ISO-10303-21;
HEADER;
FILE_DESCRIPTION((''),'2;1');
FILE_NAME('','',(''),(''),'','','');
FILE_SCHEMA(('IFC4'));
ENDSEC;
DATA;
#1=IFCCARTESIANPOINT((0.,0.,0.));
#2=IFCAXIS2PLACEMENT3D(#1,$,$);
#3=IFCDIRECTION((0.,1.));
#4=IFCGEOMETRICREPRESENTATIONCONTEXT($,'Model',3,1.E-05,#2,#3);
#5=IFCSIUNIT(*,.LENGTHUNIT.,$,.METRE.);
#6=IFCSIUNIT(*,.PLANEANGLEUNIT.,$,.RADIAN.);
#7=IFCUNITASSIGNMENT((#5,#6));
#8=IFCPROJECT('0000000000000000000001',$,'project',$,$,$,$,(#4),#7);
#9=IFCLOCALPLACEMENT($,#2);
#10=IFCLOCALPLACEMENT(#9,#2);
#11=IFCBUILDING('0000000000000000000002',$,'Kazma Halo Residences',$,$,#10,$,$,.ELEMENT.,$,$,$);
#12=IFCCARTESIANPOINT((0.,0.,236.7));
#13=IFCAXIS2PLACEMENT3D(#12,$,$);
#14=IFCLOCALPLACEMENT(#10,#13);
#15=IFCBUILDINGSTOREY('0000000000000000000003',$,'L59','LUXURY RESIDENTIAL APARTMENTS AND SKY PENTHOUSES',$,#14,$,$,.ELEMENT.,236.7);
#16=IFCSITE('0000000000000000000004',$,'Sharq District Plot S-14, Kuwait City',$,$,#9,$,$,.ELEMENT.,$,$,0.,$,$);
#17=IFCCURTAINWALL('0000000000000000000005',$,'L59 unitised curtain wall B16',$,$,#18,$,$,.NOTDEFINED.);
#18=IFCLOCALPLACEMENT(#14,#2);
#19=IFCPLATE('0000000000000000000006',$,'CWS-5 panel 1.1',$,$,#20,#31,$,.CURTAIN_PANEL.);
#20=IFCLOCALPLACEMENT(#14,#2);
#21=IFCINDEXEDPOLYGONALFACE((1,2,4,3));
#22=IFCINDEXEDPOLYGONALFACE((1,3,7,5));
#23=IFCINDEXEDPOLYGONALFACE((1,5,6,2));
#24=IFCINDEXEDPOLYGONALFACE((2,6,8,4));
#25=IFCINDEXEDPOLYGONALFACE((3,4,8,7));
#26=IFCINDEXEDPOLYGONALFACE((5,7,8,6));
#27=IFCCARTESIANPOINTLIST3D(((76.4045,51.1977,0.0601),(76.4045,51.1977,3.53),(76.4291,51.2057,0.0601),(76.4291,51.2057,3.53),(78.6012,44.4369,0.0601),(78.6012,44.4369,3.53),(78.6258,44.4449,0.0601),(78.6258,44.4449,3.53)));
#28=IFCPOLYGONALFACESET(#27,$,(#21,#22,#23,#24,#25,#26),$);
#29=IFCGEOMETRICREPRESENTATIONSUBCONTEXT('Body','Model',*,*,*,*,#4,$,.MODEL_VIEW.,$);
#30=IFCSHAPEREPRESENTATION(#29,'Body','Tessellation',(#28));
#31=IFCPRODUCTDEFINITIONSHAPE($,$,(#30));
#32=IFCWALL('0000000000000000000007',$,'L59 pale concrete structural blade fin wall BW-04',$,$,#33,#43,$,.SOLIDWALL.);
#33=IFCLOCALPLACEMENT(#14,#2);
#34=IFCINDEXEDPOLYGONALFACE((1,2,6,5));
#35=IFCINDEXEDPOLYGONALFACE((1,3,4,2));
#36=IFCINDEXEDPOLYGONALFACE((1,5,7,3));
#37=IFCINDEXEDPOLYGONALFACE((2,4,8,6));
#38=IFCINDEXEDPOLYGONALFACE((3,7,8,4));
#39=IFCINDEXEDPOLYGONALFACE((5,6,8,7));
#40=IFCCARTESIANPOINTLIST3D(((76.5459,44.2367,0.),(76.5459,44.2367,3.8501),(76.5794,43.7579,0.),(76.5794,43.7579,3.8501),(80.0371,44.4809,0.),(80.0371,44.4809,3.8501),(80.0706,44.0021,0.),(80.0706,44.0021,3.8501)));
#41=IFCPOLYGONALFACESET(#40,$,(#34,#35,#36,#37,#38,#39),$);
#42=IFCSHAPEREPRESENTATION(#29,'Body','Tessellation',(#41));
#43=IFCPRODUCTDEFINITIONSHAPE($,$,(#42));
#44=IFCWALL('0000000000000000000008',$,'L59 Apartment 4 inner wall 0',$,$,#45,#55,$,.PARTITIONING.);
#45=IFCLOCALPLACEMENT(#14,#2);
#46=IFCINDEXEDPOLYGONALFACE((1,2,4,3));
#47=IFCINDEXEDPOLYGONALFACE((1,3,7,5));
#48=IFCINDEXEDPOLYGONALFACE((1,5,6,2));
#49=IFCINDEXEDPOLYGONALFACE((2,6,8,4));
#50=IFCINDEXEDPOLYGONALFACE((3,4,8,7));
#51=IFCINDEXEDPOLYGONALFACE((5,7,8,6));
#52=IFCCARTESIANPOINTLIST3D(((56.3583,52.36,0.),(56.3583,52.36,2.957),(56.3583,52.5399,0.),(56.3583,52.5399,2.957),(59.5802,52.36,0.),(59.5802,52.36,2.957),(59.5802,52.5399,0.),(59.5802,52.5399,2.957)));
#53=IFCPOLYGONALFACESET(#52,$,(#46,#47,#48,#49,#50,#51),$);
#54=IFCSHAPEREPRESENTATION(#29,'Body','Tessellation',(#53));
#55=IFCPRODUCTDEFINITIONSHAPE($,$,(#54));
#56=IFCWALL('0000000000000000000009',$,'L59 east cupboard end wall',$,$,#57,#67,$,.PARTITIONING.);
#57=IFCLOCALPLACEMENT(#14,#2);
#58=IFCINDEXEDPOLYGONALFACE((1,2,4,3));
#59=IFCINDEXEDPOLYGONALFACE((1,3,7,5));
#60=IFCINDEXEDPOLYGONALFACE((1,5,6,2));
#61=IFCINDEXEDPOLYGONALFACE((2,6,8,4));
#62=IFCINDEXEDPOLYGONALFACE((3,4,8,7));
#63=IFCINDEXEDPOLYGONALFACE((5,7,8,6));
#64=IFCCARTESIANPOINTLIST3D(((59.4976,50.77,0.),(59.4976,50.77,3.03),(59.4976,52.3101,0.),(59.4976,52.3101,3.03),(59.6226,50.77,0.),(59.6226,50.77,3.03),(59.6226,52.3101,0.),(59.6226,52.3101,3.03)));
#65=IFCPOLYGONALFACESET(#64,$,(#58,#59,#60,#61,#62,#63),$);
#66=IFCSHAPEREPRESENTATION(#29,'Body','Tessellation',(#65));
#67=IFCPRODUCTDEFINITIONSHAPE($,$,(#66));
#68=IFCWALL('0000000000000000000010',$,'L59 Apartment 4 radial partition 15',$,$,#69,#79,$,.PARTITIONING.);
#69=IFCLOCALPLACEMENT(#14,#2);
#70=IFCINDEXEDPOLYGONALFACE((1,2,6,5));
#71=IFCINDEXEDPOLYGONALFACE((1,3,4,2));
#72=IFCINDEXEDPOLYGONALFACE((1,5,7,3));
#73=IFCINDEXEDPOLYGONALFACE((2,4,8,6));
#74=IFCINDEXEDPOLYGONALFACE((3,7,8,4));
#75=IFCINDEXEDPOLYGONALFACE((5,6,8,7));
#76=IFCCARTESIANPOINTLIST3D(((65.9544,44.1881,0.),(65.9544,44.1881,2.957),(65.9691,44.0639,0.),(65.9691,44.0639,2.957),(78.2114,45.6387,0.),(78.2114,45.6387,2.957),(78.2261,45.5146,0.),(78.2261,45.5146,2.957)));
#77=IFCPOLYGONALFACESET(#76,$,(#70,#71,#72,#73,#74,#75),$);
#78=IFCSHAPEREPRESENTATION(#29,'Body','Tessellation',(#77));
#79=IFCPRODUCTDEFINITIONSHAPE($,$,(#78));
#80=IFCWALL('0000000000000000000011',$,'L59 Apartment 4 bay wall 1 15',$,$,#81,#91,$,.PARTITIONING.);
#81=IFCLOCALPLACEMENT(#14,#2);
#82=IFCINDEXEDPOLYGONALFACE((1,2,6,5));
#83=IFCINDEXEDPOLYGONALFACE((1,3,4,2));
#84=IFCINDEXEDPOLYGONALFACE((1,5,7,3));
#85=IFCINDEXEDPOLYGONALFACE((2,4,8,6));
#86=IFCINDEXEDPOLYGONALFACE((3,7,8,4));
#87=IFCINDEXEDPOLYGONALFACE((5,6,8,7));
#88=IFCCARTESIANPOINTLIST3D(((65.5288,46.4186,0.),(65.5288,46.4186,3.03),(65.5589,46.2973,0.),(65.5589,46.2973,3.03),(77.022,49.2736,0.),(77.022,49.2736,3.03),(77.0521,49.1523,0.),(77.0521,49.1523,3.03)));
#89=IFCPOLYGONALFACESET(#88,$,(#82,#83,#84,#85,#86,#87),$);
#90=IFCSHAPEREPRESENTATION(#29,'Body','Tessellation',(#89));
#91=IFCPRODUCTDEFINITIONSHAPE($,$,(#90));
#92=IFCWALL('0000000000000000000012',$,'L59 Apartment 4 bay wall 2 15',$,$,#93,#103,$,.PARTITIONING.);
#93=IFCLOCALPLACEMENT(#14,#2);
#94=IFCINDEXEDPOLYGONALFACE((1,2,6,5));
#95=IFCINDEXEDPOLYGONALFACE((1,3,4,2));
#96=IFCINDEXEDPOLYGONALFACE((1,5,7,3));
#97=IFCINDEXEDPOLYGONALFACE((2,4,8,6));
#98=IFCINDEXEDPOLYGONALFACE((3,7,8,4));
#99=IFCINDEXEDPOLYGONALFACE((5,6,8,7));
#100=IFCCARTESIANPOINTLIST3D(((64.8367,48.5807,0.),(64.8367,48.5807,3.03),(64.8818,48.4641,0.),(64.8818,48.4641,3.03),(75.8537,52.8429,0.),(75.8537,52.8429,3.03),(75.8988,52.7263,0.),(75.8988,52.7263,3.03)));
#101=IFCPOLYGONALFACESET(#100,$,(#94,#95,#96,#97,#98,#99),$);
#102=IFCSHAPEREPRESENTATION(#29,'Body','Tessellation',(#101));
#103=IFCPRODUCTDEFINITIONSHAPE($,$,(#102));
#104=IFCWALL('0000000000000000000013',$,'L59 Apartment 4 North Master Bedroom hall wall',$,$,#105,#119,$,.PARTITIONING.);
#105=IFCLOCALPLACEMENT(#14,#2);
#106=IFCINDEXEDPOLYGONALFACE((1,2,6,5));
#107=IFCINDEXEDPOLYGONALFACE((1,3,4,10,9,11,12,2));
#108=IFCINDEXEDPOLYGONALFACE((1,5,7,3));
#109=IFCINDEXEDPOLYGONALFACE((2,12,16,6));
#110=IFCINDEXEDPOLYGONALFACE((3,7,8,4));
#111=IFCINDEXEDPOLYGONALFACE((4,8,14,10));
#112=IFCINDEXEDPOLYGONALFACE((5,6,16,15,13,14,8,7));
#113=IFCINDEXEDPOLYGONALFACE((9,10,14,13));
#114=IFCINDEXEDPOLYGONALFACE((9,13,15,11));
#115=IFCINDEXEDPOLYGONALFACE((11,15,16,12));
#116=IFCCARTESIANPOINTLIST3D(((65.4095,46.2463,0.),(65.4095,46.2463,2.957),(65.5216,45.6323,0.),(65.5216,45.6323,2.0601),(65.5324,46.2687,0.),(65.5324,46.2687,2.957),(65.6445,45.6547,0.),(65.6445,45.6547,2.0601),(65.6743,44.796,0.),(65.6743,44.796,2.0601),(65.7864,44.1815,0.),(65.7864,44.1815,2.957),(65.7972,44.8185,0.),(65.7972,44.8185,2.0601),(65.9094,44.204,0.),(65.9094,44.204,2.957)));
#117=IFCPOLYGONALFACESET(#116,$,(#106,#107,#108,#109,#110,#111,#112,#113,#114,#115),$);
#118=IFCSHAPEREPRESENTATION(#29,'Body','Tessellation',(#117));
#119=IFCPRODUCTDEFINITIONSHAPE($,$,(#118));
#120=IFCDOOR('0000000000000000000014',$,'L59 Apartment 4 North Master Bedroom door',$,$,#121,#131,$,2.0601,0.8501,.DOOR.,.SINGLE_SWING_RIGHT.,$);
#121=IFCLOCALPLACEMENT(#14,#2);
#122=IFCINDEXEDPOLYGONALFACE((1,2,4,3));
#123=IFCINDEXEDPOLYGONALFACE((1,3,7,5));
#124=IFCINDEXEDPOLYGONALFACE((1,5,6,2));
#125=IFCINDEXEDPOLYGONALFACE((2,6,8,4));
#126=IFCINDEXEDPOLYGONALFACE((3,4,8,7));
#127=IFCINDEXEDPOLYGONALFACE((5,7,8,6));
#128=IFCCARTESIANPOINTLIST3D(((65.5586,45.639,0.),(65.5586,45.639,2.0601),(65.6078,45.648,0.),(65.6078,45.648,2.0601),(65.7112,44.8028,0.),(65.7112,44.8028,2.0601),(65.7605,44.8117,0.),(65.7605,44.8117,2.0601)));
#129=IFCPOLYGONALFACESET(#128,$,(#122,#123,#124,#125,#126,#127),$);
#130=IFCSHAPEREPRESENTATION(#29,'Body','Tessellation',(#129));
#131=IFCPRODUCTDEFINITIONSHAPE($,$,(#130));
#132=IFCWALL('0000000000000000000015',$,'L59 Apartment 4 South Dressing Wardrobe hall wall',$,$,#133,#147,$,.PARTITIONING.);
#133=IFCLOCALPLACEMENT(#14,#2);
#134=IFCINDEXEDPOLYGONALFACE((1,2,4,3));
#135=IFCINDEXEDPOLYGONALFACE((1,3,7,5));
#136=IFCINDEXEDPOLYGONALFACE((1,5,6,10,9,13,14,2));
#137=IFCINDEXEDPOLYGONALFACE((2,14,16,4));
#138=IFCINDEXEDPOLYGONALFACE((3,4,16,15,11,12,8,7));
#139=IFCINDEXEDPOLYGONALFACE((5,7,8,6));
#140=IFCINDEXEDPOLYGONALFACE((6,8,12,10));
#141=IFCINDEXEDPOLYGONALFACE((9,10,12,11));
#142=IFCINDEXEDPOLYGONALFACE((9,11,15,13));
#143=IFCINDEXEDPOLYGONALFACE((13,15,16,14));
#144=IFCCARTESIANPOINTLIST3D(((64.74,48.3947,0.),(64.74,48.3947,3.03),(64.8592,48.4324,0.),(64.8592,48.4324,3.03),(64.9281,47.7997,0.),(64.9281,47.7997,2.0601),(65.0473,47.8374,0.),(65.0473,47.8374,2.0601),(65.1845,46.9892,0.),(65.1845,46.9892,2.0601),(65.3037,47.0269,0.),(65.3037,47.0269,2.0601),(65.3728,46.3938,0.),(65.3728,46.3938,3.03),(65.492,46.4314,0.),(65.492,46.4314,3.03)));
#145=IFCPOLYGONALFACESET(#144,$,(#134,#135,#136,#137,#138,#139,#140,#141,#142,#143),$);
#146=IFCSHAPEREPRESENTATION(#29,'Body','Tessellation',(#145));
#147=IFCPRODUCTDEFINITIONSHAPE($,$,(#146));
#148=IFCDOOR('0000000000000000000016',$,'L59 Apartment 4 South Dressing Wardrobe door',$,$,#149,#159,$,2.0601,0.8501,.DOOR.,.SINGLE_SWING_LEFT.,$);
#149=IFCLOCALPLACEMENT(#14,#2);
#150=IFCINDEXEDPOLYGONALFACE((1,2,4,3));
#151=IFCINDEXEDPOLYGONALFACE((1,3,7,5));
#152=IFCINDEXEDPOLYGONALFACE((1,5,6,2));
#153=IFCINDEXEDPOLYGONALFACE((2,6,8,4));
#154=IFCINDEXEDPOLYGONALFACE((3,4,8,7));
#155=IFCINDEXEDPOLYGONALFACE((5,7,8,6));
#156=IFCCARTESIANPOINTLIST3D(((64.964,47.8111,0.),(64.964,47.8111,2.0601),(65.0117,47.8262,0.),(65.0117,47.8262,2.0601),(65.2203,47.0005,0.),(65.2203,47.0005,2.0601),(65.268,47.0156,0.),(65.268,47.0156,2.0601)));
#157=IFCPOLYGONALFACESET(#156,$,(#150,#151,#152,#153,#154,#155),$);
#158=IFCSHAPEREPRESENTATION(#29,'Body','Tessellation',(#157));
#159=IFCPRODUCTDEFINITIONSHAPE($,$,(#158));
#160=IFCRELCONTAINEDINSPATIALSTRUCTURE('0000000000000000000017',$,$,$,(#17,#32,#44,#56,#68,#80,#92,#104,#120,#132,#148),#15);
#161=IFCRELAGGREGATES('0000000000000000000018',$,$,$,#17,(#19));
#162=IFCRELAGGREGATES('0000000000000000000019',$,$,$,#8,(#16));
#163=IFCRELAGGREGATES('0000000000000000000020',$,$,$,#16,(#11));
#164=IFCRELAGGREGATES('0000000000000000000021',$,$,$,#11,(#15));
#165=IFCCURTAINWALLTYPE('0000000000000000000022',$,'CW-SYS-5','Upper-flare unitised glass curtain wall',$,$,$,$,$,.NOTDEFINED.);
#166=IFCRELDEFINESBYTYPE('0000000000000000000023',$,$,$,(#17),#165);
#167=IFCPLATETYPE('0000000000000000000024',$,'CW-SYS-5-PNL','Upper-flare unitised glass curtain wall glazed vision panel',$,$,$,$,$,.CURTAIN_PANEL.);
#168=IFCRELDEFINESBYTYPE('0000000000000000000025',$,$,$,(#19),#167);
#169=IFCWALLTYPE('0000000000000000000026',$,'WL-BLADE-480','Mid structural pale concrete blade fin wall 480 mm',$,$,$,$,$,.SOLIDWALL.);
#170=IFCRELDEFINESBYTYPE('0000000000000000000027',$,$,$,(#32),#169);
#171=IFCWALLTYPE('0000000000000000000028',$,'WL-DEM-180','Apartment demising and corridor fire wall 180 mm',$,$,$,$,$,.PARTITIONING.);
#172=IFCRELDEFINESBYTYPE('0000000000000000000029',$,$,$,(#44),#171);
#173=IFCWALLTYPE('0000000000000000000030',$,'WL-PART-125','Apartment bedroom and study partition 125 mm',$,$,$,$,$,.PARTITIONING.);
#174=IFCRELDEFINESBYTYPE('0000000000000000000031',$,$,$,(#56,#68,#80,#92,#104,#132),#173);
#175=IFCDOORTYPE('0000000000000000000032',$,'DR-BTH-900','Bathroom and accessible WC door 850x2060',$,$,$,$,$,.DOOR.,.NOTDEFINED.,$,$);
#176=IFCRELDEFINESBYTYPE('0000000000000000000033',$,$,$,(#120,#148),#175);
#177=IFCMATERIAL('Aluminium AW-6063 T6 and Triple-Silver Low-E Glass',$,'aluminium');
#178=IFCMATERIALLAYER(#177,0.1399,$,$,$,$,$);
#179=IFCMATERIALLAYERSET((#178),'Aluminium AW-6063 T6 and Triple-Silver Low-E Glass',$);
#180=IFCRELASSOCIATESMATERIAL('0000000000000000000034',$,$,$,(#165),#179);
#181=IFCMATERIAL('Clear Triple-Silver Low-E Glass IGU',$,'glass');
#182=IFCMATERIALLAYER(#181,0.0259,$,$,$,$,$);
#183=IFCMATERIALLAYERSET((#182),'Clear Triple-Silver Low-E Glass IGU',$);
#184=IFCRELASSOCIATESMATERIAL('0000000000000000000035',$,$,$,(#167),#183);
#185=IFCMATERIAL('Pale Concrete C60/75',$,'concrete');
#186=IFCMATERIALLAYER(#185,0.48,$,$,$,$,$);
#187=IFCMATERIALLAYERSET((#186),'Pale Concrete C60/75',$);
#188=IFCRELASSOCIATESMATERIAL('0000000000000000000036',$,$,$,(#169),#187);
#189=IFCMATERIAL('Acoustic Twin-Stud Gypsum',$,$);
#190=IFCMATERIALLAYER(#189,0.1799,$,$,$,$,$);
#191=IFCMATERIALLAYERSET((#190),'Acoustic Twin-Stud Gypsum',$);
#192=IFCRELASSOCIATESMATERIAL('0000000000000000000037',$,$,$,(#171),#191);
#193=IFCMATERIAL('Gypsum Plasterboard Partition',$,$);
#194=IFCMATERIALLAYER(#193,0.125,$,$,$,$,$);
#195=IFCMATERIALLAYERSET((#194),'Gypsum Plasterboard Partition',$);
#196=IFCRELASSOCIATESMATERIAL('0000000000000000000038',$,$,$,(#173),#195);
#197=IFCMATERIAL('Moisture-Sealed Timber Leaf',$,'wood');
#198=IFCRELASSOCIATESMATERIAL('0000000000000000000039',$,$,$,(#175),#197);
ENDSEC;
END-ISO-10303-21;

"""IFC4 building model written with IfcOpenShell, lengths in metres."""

from ifc_helpers import new_model, si_unit, direction, frame, frame_2d, origin, origin_2d, place, context, subcontext, project, spatial, rectangle, extrude, material, layer, layer_set, type_object, element, fill, aggregate, save


model = new_model("IFC4")

# Units and contexts
model_context = context("Model", 3, precision=1e-05, world=origin(), true_north=direction((0.0, 1.0)))
body_context = subcontext(model_context, "Body", "Model", "MODEL_VIEW")
ifc_project = project(units=[si_unit("LENGTHUNIT", "METRE"), si_unit("PLANEANGLEUNIT", "RADIAN")], contexts=[model_context])

# Site, building, storey
site_placement = place(None, origin())
site = spatial("IfcSite", under=ifc_project, at=site_placement, Name="Sharq District Plot S-14, Kuwait City", CompositionType="ELEMENT", RefElevation=0.0)
building_placement = place(site_placement, origin())
building = spatial("IfcBuilding", under=site, at=building_placement, Name="Kazma Halo Residences", CompositionType="ELEMENT")
storey_placement = place(building_placement, frame((0.0, 0.0, 236.7)))
storey = spatial("IfcBuildingStorey", under=building, at=storey_placement, Name="L59", Description="LUXURY RESIDENTIAL APARTMENTS AND SKY PENTHOUSES", CompositionType="ELEMENT", Elevation=236.7)

# Shared definitions
ifc_material_1 = material(Name="Aluminium AW-6063 T6 and Triple-Silver Low-E Glass", Category="aluminium")
ifc_layer_1 = layer(ifc_material_1, 0.1399)
ifc_layer_set_1 = layer_set([ifc_layer_1], Name="Aluminium AW-6063 T6 and Triple-Silver Low-E Glass")
curtain_wall_type = type_object("IfcCurtainWallType", Name="CW-SYS-5", Description="Upper-flare unitised glass curtain wall", PredefinedType="NOTDEFINED", material=ifc_layer_set_1)

# Curtain wall, plate
curtain_wall_1_placement = place(storey_placement, origin())
curtain_wall_1 = element("IfcCurtainWall", 1, at=curtain_wall_1_placement, inside=storey, type_object=curtain_wall_type, Name="L59 unitised curtain wall B16", PredefinedType="NOTDEFINED")
ifc_material_2 = material(Name="Clear Triple-Silver Low-E Glass IGU", Category="glass")
ifc_layer_2 = layer(ifc_material_2, 0.0259)
ifc_layer_set_2 = layer_set([ifc_layer_2], Name="Clear Triple-Silver Low-E Glass IGU")
plate_type = type_object("IfcPlateType", Name="CW-SYS-5-PNL", Description="Upper-flare unitised glass curtain wall glazed vision panel", PredefinedType="CURTAIN_PANEL", material=ifc_layer_set_2)
plate_placement = place(storey_placement, frame((77.5151, 47.8213, 0.0601), z_axis=(0.0, 0.0, 1.0), x_axis=(-0.309011, 0.951058, 0.0)))
plate = element("IfcPlate", 2, at=plate_placement, type_object=plate_type, Name="CWS-5 panel 1.1", PredefinedType="CURTAIN_PANEL", context=body_context, shape_type="SweptSolid", body=[
    extrude(rectangle(XDim=7.1086, YDim=0.0259, at=origin_2d()), origin(), (0.0, 0.0, 1.0), 3.47),
])
aggregate(curtain_wall_1, [plate])

# Walls
ifc_material_3 = material(Name="Pale Concrete C60/75", Category="concrete")
ifc_layer_3 = layer(ifc_material_3, 0.48)
ifc_layer_set_3 = layer_set([ifc_layer_3], Name="Pale Concrete C60/75")
wall_type_1 = type_object("IfcWallType", Name="WL-BLADE-480", Description="Mid structural pale concrete blade fin wall 480 mm", PredefinedType="SOLIDWALL", material=ifc_layer_set_3)
wall_1_placement = place(storey_placement, frame((76.5625, 43.9973, 0.0), z_axis=(0.0, 0.0, 1.0), x_axis=(0.997564, 0.06976, 0.0)))
element("IfcWall", 3, at=wall_1_placement, inside=storey, type_object=wall_type_1, Name="L59 pale concrete structural blade fin wall BW-04", PredefinedType="SOLIDWALL", context=body_context, shape_type="SweptSolid", body=[
    extrude(rectangle(XDim=3.4998, YDim=0.48, at=frame_2d((1.75, 0.0))), origin(), (0.0, 0.0, 1.0), 3.8501),
])
ifc_material_4 = material(Name="Acoustic Twin-Stud Gypsum")
ifc_layer_4 = layer(ifc_material_4, 0.1799)
ifc_layer_set_4 = layer_set([ifc_layer_4], Name="Acoustic Twin-Stud Gypsum")
wall_type_2 = type_object("IfcWallType", Name="WL-DEM-180", Description="Apartment demising and corridor fire wall 180 mm", PredefinedType="PARTITIONING", material=ifc_layer_set_4)
wall_2_placement = place(storey_placement, frame((59.5801, 52.45, 0.0), z_axis=(0.0, 0.0, 1.0), x_axis=(-1.0, 0.0, 0.0)))
element("IfcWall", 4, at=wall_2_placement, inside=storey, type_object=wall_type_2, Name="L59 Apartment 4 inner wall 0", PredefinedType="PARTITIONING", context=body_context, shape_type="SweptSolid", body=[
    extrude(rectangle(XDim=3.2219, YDim=0.1799, at=frame_2d((1.6108, 0.0))), origin(), (0.0, 0.0, 1.0), 2.957),
])
ifc_material_5 = material(Name="Gypsum Plasterboard Partition")
ifc_layer_5 = layer(ifc_material_5, 0.125)
ifc_layer_set_5 = layer_set([ifc_layer_5], Name="Gypsum Plasterboard Partition")
wall_type_3 = type_object("IfcWallType", Name="WL-PART-125", Description="Apartment bedroom and study partition 125 mm", PredefinedType="PARTITIONING", material=ifc_layer_set_5)
wall_3_placement = place(storey_placement, frame((59.5601, 50.77, 0.0), z_axis=(0.0, 0.0, 1.0), x_axis=(0.0, 1.0, 0.0)))
element("IfcWall", 5, at=wall_3_placement, inside=storey, type_object=wall_type_3, Name="L59 east cupboard end wall", PredefinedType="PARTITIONING", context=body_context, shape_type="SweptSolid", body=[
    extrude(rectangle(XDim=1.54, YDim=0.125, at=frame_2d((0.77, 0.0))), origin(), (0.0, 0.0, 1.0), 3.03),
])
wall_4_placement = place(storey_placement, frame((65.9617, 44.126, 0.0), z_axis=(0.0, 0.0, 1.0), x_axis=(0.993069, 0.117534, 0.0)))
element("IfcWall", 6, at=wall_4_placement, inside=storey, type_object=wall_type_3, Name="L59 Apartment 4 radial partition 15", PredefinedType="PARTITIONING", context=body_context, shape_type="SweptSolid", body=[
    extrude(rectangle(XDim=12.3425, YDim=0.125, at=frame_2d((6.1714, 0.0))), origin(), (0.0, 0.0, 1.0), 2.957),
])
wall_5_placement = place(storey_placement, frame((65.5437, 46.3579, 0.0), z_axis=(0.0, 0.0, 1.0), x_axis=(0.970505, 0.24108, 0.0)))
element("IfcWall", 7, at=wall_5_placement, inside=storey, type_object=wall_type_3, Name="L59 Apartment 4 bay wall 1 15", PredefinedType="PARTITIONING", context=body_context, shape_type="SweptSolid", body=[
    extrude(rectangle(XDim=11.8425, YDim=0.125, at=frame_2d((5.9214, 0.0))), origin(), (0.0, 0.0, 1.0), 3.03),
])
wall_6_placement = place(storey_placement, frame((64.8594, 48.5225, 0.0), z_axis=(0.0, 0.0, 1.0), x_axis=(0.932639, 0.360812, 0.0)))
element("IfcWall", 8, at=wall_6_placement, inside=storey, type_object=wall_type_3, Name="L59 Apartment 4 bay wall 2 15", PredefinedType="PARTITIONING", context=body_context, shape_type="SweptSolid", body=[
    extrude(rectangle(XDim=11.8127, YDim=0.125, at=frame_2d((5.9062, 0.0))), origin(), (0.0, 0.0, 1.0), 3.03),
])

# Walls, openings, doors
wall_7_placement = place(storey_placement, frame((65.8479, 44.1929, 0.0), z_axis=(0.0, 0.0, 1.0), x_axis=(-0.179602, 0.983739, 0.0)))
wall_7 = element("IfcWall", 9, at=wall_7_placement, inside=storey, type_object=wall_type_3, Name="L59 Apartment 4 North Master Bedroom hall wall", PredefinedType="PARTITIONING", context=body_context, shape_type="SweptSolid", body=[
    extrude(rectangle(XDim=2.0989, YDim=0.125, at=frame_2d((1.0493, 0.0))), origin(), (0.0, 0.0, 1.0), 2.957),
])
opening_1_placement = place(wall_7_placement, frame((0.6245, 0.0, 0.0)))
opening_1 = element("IfcOpeningElement", 10, at=opening_1_placement, cuts=wall_7, PredefinedType="OPENING", context=body_context, shape_type="SweptSolid", body=[
    extrude(rectangle(XDim=0.8501, YDim=2.0601, at=frame_2d((0.425, 1.03))), frame((0.0, 0.0725, 0.0), z_axis=(0.0, -1.0, 0.0), x_axis=(1.0, 0.0, 0.0)), (0.0, 0.0, 1.0), 0.145),
])
ifc_material_6 = material(Name="Moisture-Sealed Timber Leaf", Category="wood")
door_type = type_object("IfcDoorType", Name="DR-BTH-900", Description="Bathroom and accessible WC door 850x2060", OperationType="NOTDEFINED", PredefinedType="DOOR", material=ifc_material_6)
door_1_placement = place(opening_1_placement, origin())
door_1 = element("IfcDoor", 11, at=door_1_placement, inside=storey, type_object=door_type, Name="L59 Apartment 4 North Master Bedroom door", OperationType="SINGLE_SWING_RIGHT", OverallHeight=2.0601, OverallWidth=0.8501, PredefinedType="DOOR", context=body_context, shape_type="SweptSolid", body=[
    extrude(rectangle(XDim=0.8501, YDim=2.0601, at=frame_2d((0.425, 1.03))), frame((0.0, 0.0249, 0.0), z_axis=(0.0, -1.0, 0.0), x_axis=(1.0, 0.0, 0.0)), (0.0, 0.0, 1.0), 0.05),
])
fill(opening_1, door_1)
wall_8_placement = place(storey_placement, frame((65.4324, 46.4126, 0.0), z_axis=(0.0, 0.0, 1.0), x_axis=(-0.301532, 0.953456, 0.0)))
wall_8 = element("IfcWall", 12, at=wall_8_placement, inside=storey, type_object=wall_type_3, Name="L59 Apartment 4 South Dressing Wardrobe hall wall", PredefinedType="PARTITIONING", context=body_context, shape_type="SweptSolid", body=[
    extrude(rectangle(XDim=2.0986, YDim=0.125, at=frame_2d((1.0493, 0.0))), origin(), (0.0, 0.0, 1.0), 3.03),
])
opening_2_placement = place(wall_8_placement, frame((0.6245, 0.0, 0.0)))
opening_2 = element("IfcOpeningElement", 13, at=opening_2_placement, cuts=wall_8, PredefinedType="OPENING", context=body_context, shape_type="SweptSolid", body=[
    extrude(rectangle(XDim=0.8501, YDim=2.0601, at=frame_2d((0.425, 1.03))), frame((0.0, 0.0725, 0.0), z_axis=(0.0, -1.0, 0.0), x_axis=(1.0, 0.0, 0.0)), (0.0, 0.0, 1.0), 0.145),
])
door_2_placement = place(opening_2_placement, origin())
door_2 = element("IfcDoor", 14, at=door_2_placement, inside=storey, type_object=door_type, Name="L59 Apartment 4 South Dressing Wardrobe door", OperationType="SINGLE_SWING_LEFT", OverallHeight=2.0601, OverallWidth=0.8501, PredefinedType="DOOR", context=body_context, shape_type="SweptSolid", body=[
    extrude(rectangle(XDim=0.8501, YDim=2.0601, at=frame_2d((0.425, 1.03))), frame((0.0, 0.0249, 0.0), z_axis=(0.0, -1.0, 0.0), x_axis=(1.0, 0.0, 0.0)), (0.0, 0.0, 1.0), 0.05),
])
fill(opening_2, door_2)

save(model, "model.ifc")
